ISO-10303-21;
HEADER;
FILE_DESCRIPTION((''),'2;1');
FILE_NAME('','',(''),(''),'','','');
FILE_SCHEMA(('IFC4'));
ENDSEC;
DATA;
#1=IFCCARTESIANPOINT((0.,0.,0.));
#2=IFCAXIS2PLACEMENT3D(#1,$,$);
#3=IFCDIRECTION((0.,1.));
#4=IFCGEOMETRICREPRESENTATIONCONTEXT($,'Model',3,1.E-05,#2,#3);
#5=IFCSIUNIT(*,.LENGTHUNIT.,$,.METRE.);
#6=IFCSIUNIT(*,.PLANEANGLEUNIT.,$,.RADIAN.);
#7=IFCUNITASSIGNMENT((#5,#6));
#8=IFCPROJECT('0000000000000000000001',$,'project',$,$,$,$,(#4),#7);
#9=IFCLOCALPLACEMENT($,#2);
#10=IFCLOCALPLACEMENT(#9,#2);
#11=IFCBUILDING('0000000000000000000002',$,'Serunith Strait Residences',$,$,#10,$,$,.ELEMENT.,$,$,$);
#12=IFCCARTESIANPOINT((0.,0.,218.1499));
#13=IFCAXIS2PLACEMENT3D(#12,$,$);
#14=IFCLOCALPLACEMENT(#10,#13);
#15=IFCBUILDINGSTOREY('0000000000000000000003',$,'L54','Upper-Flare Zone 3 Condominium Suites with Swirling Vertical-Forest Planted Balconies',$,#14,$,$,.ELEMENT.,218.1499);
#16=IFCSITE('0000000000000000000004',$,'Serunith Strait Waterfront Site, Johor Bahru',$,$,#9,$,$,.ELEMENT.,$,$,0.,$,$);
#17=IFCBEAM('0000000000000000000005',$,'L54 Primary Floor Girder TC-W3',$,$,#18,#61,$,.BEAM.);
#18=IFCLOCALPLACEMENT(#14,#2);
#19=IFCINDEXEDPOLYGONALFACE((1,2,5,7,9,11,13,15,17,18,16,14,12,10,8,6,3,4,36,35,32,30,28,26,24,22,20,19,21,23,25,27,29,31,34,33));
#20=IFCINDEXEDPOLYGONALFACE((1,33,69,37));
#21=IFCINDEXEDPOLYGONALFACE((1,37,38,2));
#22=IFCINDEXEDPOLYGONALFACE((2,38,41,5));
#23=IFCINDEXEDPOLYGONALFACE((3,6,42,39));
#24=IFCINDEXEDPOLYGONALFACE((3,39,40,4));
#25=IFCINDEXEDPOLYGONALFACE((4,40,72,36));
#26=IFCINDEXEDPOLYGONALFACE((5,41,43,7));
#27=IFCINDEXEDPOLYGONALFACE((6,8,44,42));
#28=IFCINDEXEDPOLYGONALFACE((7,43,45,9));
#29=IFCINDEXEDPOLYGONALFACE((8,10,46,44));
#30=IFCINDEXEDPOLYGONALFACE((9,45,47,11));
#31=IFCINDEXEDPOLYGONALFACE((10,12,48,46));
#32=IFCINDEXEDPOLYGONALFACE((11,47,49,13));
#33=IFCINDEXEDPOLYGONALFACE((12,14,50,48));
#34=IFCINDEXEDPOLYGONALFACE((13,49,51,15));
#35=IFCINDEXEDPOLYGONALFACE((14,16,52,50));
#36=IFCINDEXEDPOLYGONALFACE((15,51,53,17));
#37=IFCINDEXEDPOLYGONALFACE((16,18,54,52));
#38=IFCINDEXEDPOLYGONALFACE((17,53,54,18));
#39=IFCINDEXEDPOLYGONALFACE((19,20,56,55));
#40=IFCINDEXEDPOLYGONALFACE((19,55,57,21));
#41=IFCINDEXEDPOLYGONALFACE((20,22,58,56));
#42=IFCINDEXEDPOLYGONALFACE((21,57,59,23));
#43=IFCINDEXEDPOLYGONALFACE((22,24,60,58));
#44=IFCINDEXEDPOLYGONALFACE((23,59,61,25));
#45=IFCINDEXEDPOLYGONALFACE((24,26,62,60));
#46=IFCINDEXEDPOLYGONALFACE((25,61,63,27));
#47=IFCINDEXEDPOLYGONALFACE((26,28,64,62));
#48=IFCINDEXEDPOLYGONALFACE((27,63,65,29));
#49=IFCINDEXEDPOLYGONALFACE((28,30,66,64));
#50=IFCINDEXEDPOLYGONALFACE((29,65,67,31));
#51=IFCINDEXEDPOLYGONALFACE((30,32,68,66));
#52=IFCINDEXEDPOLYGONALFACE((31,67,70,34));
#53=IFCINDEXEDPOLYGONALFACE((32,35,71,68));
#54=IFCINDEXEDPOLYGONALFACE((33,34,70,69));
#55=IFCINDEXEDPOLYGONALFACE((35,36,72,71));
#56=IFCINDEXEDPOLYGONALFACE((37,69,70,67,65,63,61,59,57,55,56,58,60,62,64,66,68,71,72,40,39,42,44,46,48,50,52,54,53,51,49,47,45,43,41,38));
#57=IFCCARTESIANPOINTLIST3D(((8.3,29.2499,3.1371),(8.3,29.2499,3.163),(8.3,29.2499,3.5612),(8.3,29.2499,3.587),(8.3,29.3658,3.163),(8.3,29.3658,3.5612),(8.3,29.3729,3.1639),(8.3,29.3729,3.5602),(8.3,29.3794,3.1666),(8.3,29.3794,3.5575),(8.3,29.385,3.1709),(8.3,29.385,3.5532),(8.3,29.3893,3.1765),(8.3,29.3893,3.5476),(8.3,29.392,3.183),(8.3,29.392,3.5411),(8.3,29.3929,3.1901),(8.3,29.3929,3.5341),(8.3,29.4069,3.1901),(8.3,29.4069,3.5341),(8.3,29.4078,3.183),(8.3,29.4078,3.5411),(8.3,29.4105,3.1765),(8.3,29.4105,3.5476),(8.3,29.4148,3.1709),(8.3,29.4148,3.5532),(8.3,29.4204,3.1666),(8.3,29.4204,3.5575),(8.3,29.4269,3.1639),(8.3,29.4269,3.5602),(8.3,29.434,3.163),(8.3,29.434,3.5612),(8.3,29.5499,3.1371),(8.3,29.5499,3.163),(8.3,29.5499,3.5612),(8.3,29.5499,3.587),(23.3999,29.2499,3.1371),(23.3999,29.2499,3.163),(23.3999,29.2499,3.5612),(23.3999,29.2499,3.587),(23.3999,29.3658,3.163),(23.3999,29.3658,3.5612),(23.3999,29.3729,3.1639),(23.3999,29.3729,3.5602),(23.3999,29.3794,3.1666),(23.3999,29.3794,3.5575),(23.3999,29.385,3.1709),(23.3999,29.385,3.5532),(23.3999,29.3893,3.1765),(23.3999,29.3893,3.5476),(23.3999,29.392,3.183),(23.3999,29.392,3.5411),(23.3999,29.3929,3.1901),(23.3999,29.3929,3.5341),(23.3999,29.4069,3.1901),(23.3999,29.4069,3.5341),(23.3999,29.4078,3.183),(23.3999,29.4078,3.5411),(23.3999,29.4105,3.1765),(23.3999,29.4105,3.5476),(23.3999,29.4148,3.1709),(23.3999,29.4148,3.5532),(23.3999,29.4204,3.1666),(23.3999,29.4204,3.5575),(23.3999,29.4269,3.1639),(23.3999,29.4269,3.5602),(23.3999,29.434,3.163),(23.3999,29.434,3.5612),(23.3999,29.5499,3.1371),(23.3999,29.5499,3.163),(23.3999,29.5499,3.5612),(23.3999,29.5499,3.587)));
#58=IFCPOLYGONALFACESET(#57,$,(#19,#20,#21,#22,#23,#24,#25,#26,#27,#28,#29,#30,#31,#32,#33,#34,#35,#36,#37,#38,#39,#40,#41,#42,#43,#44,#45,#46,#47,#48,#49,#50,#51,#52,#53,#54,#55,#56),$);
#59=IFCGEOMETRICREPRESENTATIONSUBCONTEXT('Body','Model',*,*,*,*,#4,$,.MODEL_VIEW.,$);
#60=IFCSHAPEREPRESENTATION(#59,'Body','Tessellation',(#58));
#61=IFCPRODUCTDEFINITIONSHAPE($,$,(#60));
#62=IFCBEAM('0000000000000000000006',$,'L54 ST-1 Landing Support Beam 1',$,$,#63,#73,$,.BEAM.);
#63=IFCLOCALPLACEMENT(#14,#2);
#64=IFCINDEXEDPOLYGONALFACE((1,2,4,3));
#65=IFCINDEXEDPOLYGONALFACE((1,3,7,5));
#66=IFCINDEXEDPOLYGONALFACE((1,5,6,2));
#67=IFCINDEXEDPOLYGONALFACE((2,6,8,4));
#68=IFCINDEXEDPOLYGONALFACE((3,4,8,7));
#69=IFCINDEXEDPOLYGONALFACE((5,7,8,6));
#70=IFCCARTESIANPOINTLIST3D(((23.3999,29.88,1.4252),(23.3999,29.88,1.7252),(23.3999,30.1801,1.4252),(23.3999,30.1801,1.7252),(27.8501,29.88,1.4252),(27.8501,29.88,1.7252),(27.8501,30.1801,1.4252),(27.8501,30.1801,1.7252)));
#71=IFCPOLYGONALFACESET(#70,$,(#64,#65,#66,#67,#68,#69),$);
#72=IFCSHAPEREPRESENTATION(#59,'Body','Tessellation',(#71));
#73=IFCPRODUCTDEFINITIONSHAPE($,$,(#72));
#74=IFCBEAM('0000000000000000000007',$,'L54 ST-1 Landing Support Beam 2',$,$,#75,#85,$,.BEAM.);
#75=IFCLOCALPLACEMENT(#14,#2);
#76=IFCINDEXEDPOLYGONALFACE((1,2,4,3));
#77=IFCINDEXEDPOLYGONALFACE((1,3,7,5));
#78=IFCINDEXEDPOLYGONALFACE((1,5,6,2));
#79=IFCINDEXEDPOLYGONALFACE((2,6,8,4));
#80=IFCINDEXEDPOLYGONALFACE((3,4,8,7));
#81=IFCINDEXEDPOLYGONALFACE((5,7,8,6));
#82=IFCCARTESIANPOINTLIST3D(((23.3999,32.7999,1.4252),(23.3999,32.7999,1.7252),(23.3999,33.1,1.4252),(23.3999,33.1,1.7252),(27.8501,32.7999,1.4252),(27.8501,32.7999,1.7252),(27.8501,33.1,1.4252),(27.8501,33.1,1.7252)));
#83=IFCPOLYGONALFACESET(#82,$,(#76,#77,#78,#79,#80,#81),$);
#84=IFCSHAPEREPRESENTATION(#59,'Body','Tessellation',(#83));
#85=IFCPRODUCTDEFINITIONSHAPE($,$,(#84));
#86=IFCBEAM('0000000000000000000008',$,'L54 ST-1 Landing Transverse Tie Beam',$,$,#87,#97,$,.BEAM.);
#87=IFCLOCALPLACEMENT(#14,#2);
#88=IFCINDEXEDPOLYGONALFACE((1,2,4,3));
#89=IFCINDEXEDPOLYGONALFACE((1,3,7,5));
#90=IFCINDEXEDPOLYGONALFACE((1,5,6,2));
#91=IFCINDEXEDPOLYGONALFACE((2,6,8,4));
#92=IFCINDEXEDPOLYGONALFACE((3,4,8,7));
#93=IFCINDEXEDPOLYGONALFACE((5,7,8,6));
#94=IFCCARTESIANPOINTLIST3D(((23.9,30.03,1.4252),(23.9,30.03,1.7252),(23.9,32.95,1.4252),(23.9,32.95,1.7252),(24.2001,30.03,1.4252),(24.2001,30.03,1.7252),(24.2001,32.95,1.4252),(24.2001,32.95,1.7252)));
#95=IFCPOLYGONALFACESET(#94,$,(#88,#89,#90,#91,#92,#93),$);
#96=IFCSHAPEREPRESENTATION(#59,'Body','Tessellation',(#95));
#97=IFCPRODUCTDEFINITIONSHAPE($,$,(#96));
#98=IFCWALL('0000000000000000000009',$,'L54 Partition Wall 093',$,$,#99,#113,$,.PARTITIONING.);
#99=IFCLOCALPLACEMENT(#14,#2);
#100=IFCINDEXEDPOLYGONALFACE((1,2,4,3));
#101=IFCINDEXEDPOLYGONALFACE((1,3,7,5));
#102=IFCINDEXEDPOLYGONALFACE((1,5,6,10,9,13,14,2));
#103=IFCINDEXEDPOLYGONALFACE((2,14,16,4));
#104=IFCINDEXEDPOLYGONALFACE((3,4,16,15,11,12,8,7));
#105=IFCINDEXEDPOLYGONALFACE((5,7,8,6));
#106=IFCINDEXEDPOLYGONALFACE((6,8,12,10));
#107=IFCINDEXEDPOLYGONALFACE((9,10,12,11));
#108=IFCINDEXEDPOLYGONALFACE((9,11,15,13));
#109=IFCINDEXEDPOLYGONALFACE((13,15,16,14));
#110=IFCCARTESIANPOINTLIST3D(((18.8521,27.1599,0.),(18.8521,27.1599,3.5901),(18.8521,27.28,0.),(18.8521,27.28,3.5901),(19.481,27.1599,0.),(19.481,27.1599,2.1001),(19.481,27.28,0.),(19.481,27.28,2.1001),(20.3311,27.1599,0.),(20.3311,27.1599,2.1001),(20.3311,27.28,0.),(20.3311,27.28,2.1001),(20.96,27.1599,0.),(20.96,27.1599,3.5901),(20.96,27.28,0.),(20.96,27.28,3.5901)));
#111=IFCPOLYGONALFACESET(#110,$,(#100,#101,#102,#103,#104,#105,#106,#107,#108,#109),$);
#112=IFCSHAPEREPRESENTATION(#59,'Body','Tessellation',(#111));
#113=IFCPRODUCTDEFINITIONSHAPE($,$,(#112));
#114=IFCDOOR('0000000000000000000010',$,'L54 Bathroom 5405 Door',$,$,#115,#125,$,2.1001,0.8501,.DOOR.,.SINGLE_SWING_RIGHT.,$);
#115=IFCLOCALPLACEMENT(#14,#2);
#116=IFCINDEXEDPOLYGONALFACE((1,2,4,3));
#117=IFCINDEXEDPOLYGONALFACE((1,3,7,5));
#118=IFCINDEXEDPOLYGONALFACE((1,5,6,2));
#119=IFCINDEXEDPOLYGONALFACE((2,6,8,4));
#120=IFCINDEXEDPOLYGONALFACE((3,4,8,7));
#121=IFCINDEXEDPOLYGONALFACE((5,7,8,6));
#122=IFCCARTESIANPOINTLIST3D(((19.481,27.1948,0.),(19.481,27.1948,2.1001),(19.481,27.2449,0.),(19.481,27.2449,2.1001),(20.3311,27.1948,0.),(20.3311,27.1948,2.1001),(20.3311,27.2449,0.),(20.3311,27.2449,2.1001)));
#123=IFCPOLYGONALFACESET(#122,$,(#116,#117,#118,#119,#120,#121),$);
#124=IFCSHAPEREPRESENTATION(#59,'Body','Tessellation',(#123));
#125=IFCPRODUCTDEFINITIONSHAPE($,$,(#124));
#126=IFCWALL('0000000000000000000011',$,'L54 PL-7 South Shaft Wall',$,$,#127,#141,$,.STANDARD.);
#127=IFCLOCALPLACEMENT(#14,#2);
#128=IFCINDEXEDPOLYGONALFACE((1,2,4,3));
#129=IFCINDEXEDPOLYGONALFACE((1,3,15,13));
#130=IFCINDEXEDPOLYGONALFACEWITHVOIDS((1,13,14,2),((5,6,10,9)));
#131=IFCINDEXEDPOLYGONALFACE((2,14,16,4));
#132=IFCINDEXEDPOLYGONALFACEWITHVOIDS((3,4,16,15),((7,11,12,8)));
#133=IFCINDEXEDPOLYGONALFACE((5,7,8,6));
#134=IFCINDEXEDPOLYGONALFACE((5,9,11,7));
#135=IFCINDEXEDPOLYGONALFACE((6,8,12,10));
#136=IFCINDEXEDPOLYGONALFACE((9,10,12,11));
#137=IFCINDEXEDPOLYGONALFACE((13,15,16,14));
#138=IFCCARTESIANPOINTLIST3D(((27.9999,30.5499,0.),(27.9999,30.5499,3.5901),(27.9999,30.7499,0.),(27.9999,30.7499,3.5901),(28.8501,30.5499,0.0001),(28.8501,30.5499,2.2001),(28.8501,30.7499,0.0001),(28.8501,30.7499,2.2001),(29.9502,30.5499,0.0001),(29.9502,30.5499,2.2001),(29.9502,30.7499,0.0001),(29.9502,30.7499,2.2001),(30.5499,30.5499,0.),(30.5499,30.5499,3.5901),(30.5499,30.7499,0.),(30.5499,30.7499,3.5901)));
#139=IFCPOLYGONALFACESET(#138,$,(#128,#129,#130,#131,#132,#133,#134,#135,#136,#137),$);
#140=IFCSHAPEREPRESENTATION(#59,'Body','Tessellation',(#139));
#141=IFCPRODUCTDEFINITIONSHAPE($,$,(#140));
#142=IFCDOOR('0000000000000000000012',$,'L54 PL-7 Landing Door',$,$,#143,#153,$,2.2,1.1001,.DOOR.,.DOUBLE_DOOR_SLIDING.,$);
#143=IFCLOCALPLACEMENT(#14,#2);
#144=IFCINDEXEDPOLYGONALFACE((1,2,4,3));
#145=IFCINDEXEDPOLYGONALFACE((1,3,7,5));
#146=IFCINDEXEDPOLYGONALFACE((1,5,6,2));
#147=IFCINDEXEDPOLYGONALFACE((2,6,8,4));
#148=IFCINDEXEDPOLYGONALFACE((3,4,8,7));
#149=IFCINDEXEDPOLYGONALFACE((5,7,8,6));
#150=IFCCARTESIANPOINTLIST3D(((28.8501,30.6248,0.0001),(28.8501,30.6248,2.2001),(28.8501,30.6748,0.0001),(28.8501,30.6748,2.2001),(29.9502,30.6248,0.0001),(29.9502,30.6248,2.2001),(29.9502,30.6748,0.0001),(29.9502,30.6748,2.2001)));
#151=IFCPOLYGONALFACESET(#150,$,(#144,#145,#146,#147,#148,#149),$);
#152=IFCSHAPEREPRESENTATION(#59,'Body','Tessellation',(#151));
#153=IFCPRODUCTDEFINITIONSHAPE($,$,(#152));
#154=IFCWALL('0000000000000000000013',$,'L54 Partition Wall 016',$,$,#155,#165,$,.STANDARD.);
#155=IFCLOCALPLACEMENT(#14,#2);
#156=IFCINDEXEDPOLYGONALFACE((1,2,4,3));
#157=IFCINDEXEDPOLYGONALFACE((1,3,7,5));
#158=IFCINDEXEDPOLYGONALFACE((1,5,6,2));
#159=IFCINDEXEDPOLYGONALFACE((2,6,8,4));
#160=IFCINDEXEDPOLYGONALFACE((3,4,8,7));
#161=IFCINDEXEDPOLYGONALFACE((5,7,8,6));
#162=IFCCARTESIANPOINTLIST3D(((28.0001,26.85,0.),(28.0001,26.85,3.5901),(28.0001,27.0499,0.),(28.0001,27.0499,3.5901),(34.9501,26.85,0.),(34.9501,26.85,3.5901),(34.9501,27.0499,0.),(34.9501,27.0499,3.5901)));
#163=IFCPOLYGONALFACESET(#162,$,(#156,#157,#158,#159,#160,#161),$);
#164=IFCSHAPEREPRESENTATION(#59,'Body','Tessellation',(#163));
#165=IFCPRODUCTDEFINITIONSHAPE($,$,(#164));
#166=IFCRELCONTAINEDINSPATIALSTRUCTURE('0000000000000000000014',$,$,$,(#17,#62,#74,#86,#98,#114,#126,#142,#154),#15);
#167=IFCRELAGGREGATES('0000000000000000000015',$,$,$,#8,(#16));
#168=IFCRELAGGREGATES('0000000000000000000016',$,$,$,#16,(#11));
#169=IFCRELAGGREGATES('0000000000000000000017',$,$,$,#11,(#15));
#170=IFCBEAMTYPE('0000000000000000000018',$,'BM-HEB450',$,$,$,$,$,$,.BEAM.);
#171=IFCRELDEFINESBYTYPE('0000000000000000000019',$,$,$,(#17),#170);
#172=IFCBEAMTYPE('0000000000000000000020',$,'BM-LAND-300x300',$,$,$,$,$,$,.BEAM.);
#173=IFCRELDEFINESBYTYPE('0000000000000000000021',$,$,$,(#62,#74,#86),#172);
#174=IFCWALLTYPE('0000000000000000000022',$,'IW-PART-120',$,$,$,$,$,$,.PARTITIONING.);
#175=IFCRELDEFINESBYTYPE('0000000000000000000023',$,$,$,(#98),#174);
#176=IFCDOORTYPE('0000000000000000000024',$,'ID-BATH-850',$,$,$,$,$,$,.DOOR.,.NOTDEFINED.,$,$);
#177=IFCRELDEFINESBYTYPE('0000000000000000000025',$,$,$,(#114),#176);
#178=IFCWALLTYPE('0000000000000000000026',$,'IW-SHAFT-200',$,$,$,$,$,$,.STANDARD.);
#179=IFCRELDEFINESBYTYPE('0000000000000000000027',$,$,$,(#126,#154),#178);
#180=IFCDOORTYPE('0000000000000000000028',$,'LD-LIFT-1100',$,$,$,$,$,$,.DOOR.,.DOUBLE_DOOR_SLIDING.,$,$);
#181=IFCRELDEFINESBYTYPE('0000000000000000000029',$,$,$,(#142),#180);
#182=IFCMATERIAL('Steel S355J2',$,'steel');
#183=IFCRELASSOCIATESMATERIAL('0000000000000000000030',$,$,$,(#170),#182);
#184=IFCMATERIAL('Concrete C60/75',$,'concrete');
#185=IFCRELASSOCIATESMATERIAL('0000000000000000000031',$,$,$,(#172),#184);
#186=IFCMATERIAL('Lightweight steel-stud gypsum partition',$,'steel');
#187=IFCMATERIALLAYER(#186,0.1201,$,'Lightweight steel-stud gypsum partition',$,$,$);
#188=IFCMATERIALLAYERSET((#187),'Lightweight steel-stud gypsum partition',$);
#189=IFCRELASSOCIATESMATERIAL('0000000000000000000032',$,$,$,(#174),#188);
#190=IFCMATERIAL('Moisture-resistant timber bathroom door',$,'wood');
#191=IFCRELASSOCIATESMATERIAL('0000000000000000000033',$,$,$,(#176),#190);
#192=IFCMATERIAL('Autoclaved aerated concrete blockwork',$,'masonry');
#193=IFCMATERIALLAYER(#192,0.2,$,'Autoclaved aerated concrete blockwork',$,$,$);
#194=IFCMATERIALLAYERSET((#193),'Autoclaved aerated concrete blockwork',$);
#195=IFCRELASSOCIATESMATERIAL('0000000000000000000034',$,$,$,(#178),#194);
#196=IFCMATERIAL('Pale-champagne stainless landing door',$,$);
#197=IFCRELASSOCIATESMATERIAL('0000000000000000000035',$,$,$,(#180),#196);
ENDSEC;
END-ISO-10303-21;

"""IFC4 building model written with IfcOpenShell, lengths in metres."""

from ifc_helpers import new_model, si_unit, direction, frame, frame_2d, origin, origin_2d, place, context, subcontext, project, spatial, rectangle, i_section, extrude, source, transform, mapped, material, layer, layer_set, material_profile, profile_set, type_object, element, fill, save


model = new_model("IFC4")

# Units and contexts
model_context = context("Model", 3, precision=1e-05, world=origin(), true_north=direction((0.0, 1.0)))
body_context = subcontext(model_context, "Body", "Model", "MODEL_VIEW")
ifc_project = project(units=[si_unit("LENGTHUNIT", "METRE"), si_unit("PLANEANGLEUNIT", "RADIAN")], contexts=[model_context])

# Site, building, storey
site_placement = place(None, origin())
site = spatial("IfcSite", under=ifc_project, at=site_placement, Name="Serunith Strait Waterfront Site, Johor Bahru", CompositionType="ELEMENT", RefElevation=0.0)
building_placement = place(site_placement, origin())
building = spatial("IfcBuilding", under=site, at=building_placement, Name="Serunith Strait Residences", CompositionType="ELEMENT")
storey_placement = place(building_placement, frame((0.0, 0.0, 218.1499)))
storey = spatial("IfcBuildingStorey", under=building, at=storey_placement, Name="L54", Description="Upper-Flare Zone 3 Condominium Suites with Swirling Vertical-Forest Planted Balconies", CompositionType="ELEMENT", Elevation=218.1499)

# Beams
ifc_material_1 = material(Name="Steel S355J2", Category="steel")
ifc_material_profile_1 = material_profile(ifc_material_1, i_section(OverallWidth=0.3, OverallDepth=0.45, WebThickness=0.0139, FlangeThickness=0.0259, FilletRadius=0.0271, at=origin_2d()), Name="HEB 450")
ifc_profile_set_1 = profile_set([ifc_material_profile_1], Name="Steel S355J2")
beam_type_1 = type_object("IfcBeamType", Name="BM-HEB450", PredefinedType="BEAM", material=ifc_profile_set_1)
shared_shape_1 = source(origin(), body_context, "Body", "SweptSolid", [
    extrude(i_section(OverallWidth=0.3, OverallDepth=0.45, WebThickness=0.0139, FlangeThickness=0.0259, FilletRadius=0.0271, at=origin_2d()), origin(), (0.0, 0.0, 1.0), 15.0999),
])
beam_1_placement = place(storey_placement, frame((23.3999, 29.3999, 3.3621), z_axis=(-1.0, 0.0, 0.0), x_axis=(0.0, -1.0, 0.0)))
element("IfcBeam", 1, at=beam_1_placement, inside=storey, type_object=beam_type_1, Name="L54 Primary Floor Girder TC-W3", PredefinedType="BEAM", context=body_context, shape_type="MappedRepresentation", body=[
    mapped(shared_shape_1, transform((0.0, 0.0, 0.0), scale=1.0)),
])
ifc_material_2 = material(Name="Concrete C60/75", Category="concrete")
ifc_material_profile_2 = material_profile(ifc_material_2, rectangle(XDim=0.3, YDim=0.3, at=origin_2d()), Name="RC 300x300")
ifc_profile_set_2 = profile_set([ifc_material_profile_2], Name="Concrete C60/75")
beam_type_2 = type_object("IfcBeamType", Name="BM-LAND-300x300", PredefinedType="BEAM", material=ifc_profile_set_2)
shared_shape_2 = source(origin(), body_context, "Body", "SweptSolid", [
    extrude(rectangle(XDim=0.3, YDim=0.3, at=origin_2d()), origin(), (0.0, 0.0, 1.0), 4.4502),
])
for number, where, z_axis, x_axis, name in (
    (2, (23.3999, 30.03, 1.5752), (1.0, 0.0, 0.0), (0.0, 1.0, 0.0), "L54 ST-1 Landing Support Beam 1"),
    (3, (23.3999, 32.95, 1.5752), (1.0, 0.0, 0.0), (0.0, 1.0, 0.0), "L54 ST-1 Landing Support Beam 2"),
):
    element("IfcBeam", number, at=place(storey_placement, frame(where, z_axis=z_axis, x_axis=x_axis)), inside=storey, type_object=beam_type_2, Name=name, PredefinedType="BEAM", context=body_context, shape_type="MappedRepresentation", body=[
        mapped(shared_shape_2, transform((0.0, 0.0, 0.0), scale=1.0)),
    ])
shared_shape_3 = source(origin(), body_context, "Body", "SweptSolid", [
    extrude(rectangle(XDim=0.3, YDim=0.3, at=origin_2d()), origin(), (0.0, 0.0, 1.0), 2.9199),
])
beam_2_placement = place(storey_placement, frame((24.05, 30.03, 1.5752), z_axis=(0.0, 1.0, 0.0), x_axis=(-1.0, 0.0, 0.0)))
element("IfcBeam", 4, at=beam_2_placement, inside=storey, type_object=beam_type_2, Name="L54 ST-1 Landing Transverse Tie Beam", PredefinedType="BEAM", context=body_context, shape_type="MappedRepresentation", body=[
    mapped(shared_shape_3, transform((0.0, 0.0, 0.0), scale=1.0)),
])

# Walls, openings, doors
ifc_material_3 = material(Name="Lightweight steel-stud gypsum partition", Category="steel")
ifc_layer_1 = layer(ifc_material_3, 0.1201, Name="Lightweight steel-stud gypsum partition")
ifc_layer_set_1 = layer_set([ifc_layer_1], Name="Lightweight steel-stud gypsum partition")
wall_type_1 = type_object("IfcWallType", Name="IW-PART-120", PredefinedType="PARTITIONING", material=ifc_layer_set_1)
wall_1_placement = place(storey_placement, frame((18.8521, 27.22, 0.0), z_axis=(0.0, 0.0, 1.0), x_axis=(1.0, 0.0, 0.0)))
wall_1 = element("IfcWall", 5, at=wall_1_placement, inside=storey, type_object=wall_type_1, Name="L54 Partition Wall 093", PredefinedType="PARTITIONING", context=body_context, shape_type="SweptSolid", body=[
    extrude(rectangle(XDim=2.1079, YDim=0.1201, at=frame_2d((1.054, 0.0))), origin(), (0.0, 0.0, 1.0), 3.5901),
])
opening_1_placement = place(wall_1_placement, frame((0.6289, 0.0, 0.0)))
opening_1 = element("IfcOpeningElement", 6, at=opening_1_placement, cuts=wall_1, PredefinedType="OPENING", context=body_context, shape_type="SweptSolid", body=[
    extrude(rectangle(XDim=0.8501, YDim=2.1001, at=frame_2d((0.425, 1.05))), frame((0.0, 0.0701, 0.0), z_axis=(0.0, -1.0, 0.0), x_axis=(1.0, 0.0, 0.0)), (0.0, 0.0, 1.0), 0.1401),
])
ifc_material_4 = material(Name="Moisture-resistant timber bathroom door", Category="wood")
door_type_1 = type_object("IfcDoorType", Name="ID-BATH-850", OperationType="NOTDEFINED", PredefinedType="DOOR", material=ifc_material_4)
shared_shape_4 = source(origin(), body_context, "Body", "SweptSolid", [
    extrude(rectangle(XDim=0.8501, YDim=2.1001, at=frame_2d((0.425, 1.05))), frame((0.0, 0.0249, 0.0), z_axis=(0.0, -1.0, 0.0), x_axis=(1.0, 0.0, 0.0)), (0.0, 0.0, 1.0), 0.05),
])
door_1_placement = place(opening_1_placement, origin())
door_1 = element("IfcDoor", 7, at=door_1_placement, inside=storey, type_object=door_type_1, Name="L54 Bathroom 5405 Door", OperationType="SINGLE_SWING_RIGHT", OverallHeight=2.1001, OverallWidth=0.8501, PredefinedType="DOOR", context=body_context, shape_type="MappedRepresentation", body=[
    mapped(shared_shape_4, transform((0.0, 0.0, 0.0), scale=1.0)),
])
fill(opening_1, door_1)
ifc_material_5 = material(Name="Autoclaved aerated concrete blockwork", Category="masonry")
ifc_layer_2 = layer(ifc_material_5, 0.2, Name="Autoclaved aerated concrete blockwork")
ifc_layer_set_2 = layer_set([ifc_layer_2], Name="Autoclaved aerated concrete blockwork")
wall_type_2 = type_object("IfcWallType", Name="IW-SHAFT-200", PredefinedType="STANDARD", material=ifc_layer_set_2)
wall_2_placement = place(storey_placement, frame((28.0, 30.6499, 0.0), z_axis=(0.0, 0.0, 1.0), x_axis=(1.0, 0.0, 0.0)))
wall_2 = element("IfcWall", 8, at=wall_2_placement, inside=storey, type_object=wall_type_2, Name="L54 PL-7 South Shaft Wall", PredefinedType="STANDARD", context=body_context, shape_type="SweptSolid", body=[
    extrude(rectangle(XDim=2.55, YDim=0.2, at=frame_2d((1.2749, 0.0))), origin(), (0.0, 0.0, 1.0), 3.5901),
])
opening_2_placement = place(wall_2_placement, frame((0.8501, 0.0, 0.0)))
opening_2 = element("IfcOpeningElement", 9, at=opening_2_placement, cuts=wall_2, PredefinedType="OPENING", context=body_context, shape_type="SweptSolid", body=[
    extrude(rectangle(XDim=1.1001, YDim=2.2, at=frame_2d((0.55, 1.1001))), frame((0.0, 0.1099, 0.0), z_axis=(0.0, -1.0, 0.0), x_axis=(1.0, 0.0, 0.0)), (0.0, 0.0, 1.0), 0.22),
])
ifc_material_6 = material(Name="Pale-champagne stainless landing door")
door_type_2 = type_object("IfcDoorType", Name="LD-LIFT-1100", OperationType="DOUBLE_DOOR_SLIDING", PredefinedType="DOOR", material=ifc_material_6)
shared_shape_5 = source(origin(), body_context, "Body", "SweptSolid", [
    extrude(rectangle(XDim=1.1001, YDim=2.2, at=frame_2d((0.55, 1.1001))), frame((0.0, 0.0249, 0.0), z_axis=(0.0, -1.0, 0.0), x_axis=(1.0, 0.0, 0.0)), (0.0, 0.0, 1.0), 0.05),
])
door_2_placement = place(opening_2_placement, origin())
door_2 = element("IfcDoor", 10, at=door_2_placement, inside=storey, type_object=door_type_2, Name="L54 PL-7 Landing Door", OperationType="DOUBLE_DOOR_SLIDING", OverallHeight=2.2, OverallWidth=1.1001, PredefinedType="DOOR", context=body_context, shape_type="MappedRepresentation", body=[
    mapped(shared_shape_5, transform((0.0, 0.0, 0.0), scale=1.0)),
])
fill(opening_2, door_2)

# Wall
wall_3_placement = place(storey_placement, frame((28.0, 26.95, 0.0), z_axis=(0.0, 0.0, 1.0), x_axis=(1.0, 0.0, 0.0)))
element("IfcWall", 11, at=wall_3_placement, inside=storey, type_object=wall_type_2, Name="L54 Partition Wall 016", PredefinedType="STANDARD", context=body_context, shape_type="SweptSolid", body=[
    extrude(rectangle(XDim=6.95, YDim=0.2, at=frame_2d((3.4751, 0.0))), origin(), (0.0, 0.0, 1.0), 3.5901),
])

save(model, "model.ifc")
